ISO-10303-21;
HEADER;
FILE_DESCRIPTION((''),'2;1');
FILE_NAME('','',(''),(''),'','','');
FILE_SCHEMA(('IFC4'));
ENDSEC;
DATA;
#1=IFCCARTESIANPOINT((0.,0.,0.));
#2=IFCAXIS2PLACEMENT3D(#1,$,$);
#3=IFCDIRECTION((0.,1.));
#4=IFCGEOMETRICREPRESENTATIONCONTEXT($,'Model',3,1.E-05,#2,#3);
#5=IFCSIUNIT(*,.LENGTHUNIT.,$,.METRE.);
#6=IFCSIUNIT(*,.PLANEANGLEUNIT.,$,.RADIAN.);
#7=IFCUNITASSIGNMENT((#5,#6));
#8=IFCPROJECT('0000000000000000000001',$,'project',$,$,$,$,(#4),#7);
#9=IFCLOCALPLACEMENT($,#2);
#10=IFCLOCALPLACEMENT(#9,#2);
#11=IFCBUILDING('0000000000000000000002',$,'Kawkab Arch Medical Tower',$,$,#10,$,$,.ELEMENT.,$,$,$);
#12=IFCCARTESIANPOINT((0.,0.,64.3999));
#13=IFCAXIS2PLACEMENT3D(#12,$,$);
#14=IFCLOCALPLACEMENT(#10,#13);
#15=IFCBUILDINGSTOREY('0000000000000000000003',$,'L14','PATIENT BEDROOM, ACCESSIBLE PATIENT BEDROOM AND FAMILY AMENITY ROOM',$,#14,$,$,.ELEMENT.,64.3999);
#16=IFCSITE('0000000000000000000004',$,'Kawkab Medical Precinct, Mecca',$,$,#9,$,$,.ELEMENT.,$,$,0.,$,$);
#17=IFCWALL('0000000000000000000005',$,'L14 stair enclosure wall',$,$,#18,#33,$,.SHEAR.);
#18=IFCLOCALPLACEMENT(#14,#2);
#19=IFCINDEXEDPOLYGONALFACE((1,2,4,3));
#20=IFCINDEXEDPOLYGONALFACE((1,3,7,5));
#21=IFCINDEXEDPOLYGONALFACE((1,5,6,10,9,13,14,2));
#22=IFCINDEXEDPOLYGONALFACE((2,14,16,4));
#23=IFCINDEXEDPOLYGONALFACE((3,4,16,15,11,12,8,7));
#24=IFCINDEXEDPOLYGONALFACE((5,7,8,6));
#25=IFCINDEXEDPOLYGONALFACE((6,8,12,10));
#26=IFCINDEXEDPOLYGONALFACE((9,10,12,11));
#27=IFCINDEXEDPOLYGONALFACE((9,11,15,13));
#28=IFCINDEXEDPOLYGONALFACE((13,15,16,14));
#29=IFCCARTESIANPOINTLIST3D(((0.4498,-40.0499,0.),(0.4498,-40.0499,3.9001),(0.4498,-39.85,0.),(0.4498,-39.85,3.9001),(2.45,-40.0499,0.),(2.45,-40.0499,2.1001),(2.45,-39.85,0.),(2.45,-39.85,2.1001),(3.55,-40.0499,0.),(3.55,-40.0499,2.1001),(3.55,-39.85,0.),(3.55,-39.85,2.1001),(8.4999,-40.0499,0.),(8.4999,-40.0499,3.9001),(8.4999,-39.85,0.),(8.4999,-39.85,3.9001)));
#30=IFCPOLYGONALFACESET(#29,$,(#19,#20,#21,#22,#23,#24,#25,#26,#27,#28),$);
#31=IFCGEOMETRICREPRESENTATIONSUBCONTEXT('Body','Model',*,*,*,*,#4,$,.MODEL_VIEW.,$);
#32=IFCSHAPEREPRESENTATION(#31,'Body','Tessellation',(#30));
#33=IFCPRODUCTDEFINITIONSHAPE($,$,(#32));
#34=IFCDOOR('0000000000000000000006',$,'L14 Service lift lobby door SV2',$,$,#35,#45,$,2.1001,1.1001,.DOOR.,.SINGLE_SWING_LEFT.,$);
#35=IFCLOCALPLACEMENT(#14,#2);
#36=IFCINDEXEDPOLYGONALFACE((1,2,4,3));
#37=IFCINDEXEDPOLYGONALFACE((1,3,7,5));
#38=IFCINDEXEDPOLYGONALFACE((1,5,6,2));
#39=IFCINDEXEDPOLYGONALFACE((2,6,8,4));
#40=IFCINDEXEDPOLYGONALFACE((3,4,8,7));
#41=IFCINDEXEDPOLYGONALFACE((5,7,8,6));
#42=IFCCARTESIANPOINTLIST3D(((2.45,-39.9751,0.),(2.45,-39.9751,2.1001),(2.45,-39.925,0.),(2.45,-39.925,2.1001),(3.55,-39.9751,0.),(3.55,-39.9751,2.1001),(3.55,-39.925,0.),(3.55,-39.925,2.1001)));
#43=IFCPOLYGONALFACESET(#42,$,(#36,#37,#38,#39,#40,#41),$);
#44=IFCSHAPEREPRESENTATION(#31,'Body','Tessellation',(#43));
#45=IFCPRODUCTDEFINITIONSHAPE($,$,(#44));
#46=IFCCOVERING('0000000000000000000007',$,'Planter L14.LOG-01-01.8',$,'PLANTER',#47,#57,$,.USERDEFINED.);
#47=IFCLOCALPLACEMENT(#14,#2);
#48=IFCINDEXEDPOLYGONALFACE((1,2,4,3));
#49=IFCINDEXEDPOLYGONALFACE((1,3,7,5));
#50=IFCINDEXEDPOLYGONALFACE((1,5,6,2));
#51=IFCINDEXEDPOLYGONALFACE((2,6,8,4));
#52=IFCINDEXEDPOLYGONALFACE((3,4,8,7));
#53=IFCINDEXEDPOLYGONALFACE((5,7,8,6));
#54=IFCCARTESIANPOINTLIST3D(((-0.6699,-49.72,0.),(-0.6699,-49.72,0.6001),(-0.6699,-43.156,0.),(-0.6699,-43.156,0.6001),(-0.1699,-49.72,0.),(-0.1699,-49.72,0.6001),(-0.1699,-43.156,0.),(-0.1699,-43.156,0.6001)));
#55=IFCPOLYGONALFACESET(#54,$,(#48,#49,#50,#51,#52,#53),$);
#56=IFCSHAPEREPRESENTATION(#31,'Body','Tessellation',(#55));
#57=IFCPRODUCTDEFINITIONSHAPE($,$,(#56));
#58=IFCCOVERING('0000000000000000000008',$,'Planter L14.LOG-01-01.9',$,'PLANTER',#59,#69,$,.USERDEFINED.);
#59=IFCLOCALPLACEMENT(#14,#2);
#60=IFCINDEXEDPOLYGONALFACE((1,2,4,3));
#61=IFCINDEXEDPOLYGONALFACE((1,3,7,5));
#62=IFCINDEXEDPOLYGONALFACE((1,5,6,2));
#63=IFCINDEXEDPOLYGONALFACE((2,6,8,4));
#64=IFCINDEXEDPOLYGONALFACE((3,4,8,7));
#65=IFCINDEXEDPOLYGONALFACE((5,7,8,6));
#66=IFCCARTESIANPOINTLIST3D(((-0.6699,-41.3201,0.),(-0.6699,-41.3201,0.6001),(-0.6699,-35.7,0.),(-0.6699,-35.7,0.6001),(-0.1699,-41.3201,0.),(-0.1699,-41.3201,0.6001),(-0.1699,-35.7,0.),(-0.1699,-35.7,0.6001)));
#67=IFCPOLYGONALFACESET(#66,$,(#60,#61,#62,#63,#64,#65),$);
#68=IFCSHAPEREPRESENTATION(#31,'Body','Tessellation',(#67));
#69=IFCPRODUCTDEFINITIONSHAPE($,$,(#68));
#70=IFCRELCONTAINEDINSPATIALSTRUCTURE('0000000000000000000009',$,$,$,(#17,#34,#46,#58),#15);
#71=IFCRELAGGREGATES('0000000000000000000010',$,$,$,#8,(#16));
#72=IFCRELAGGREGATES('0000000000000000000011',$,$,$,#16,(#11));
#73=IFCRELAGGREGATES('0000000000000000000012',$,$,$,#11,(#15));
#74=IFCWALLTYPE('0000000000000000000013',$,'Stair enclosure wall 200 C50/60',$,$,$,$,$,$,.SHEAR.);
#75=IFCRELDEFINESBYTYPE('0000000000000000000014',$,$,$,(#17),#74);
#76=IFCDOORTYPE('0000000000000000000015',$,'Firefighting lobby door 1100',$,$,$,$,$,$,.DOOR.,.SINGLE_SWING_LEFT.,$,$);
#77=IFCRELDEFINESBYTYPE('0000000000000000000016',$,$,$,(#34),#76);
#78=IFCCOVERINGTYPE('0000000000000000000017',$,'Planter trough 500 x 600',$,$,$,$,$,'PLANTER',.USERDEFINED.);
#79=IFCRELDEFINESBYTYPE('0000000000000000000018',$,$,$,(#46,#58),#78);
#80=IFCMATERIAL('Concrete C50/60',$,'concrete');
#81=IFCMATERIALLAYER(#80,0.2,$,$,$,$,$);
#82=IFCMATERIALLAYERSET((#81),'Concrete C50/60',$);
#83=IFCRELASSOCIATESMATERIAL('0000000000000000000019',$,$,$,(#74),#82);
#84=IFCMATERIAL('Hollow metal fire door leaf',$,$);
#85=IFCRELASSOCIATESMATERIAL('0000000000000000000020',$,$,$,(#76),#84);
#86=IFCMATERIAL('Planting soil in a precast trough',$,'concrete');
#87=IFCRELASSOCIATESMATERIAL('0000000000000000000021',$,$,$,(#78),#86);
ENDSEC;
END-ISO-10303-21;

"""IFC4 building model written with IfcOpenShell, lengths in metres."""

from ifc_helpers import new_model, si_unit, direction, frame, frame_2d, origin, origin_2d, place, context, subcontext, project, spatial, rectangle, extrude, material, layer, layer_set, material_profile, profile_set, type_object, element, fill, save


model = new_model("IFC4")

# Units and contexts
model_context = context("Model", 3, precision=1e-05, world=origin(), true_north=direction((0.0, 1.0)))
body_context = subcontext(model_context, "Body", "Model", "MODEL_VIEW")
ifc_project = project(units=[si_unit("LENGTHUNIT", "METRE"), si_unit("PLANEANGLEUNIT", "RADIAN")], contexts=[model_context])

# Site, building, storey
site_placement = place(None, origin())
site = spatial("IfcSite", under=ifc_project, at=site_placement, Name="Kawkab Medical Precinct, Mecca", CompositionType="ELEMENT", RefElevation=0.0)
building_placement = place(site_placement, origin())
building = spatial("IfcBuilding", under=site, at=building_placement, Name="Kawkab Arch Medical Tower", CompositionType="ELEMENT")
storey_placement = place(building_placement, frame((0.0, 0.0, 64.3999)))
storey = spatial("IfcBuildingStorey", under=building, at=storey_placement, Name="L14", Description="PATIENT BEDROOM, ACCESSIBLE PATIENT BEDROOM AND FAMILY AMENITY ROOM", CompositionType="ELEMENT", Elevation=64.3999)

# Wall, opening, door
ifc_material_1 = material(Name="Concrete C50/60", Category="concrete")
ifc_layer_1 = layer(ifc_material_1, 0.2)
ifc_layer_set_1 = layer_set([ifc_layer_1], Name="Concrete C50/60")
wall_type_1 = type_object("IfcWallType", Name="Stair enclosure wall 200 C50/60", PredefinedType="SHEAR", material=ifc_layer_set_1)
wall_1_placement = place(storey_placement, frame((0.45, -39.95, 0.0), z_axis=(0.0, 0.0, 1.0), x_axis=(1.0, 0.0, 0.0)))
wall_1 = element("IfcWall", 1, at=wall_1_placement, inside=storey, type_object=wall_type_1, Name="L14 stair enclosure wall", PredefinedType="SHEAR", context=body_context, shape_type="SweptSolid", body=[
    extrude(rectangle(XDim=8.05, YDim=0.2, at=frame_2d((4.0249, 0.0))), origin(), (0.0, 0.0, 1.0), 3.9001),
])
opening_placement = place(wall_1_placement, frame((2.0, 0.0, 0.0)))
opening = element("IfcOpeningElement", 2, at=opening_placement, cuts=wall_1, PredefinedType="OPENING", context=body_context, shape_type="SweptSolid", body=[
    extrude(rectangle(XDim=1.1001, YDim=2.1001, at=frame_2d((0.55, 1.05))), frame((0.0, 0.1099, 0.0), z_axis=(0.0, -1.0, 0.0), x_axis=(1.0, 0.0, 0.0)), (0.0, 0.0, 1.0), 0.22),
])
ifc_material_2 = material(Name="Hollow metal fire door leaf")
door_type = type_object("IfcDoorType", Name="Firefighting lobby door 1100", OperationType="SINGLE_SWING_LEFT", PredefinedType="DOOR", material=ifc_material_2)
door_placement = place(opening_placement, origin())
door = element("IfcDoor", 3, at=door_placement, inside=storey, type_object=door_type, Name="L14 Service lift lobby door SV2", OperationType="SINGLE_SWING_LEFT", OverallHeight=2.1001, OverallWidth=1.1001, PredefinedType="DOOR", context=body_context, shape_type="SweptSolid", body=[
    extrude(rectangle(XDim=1.1001, YDim=2.1001, at=frame_2d((0.55, 1.05))), frame((0.0, 0.0249, 0.0), z_axis=(0.0, -1.0, 0.0), x_axis=(1.0, 0.0, 0.0)), (0.0, 0.0, 1.0), 0.05),
])
fill(opening, door)

# Coverings
ifc_material_3 = material(Name="Planting soil in a precast trough", Category="concrete")
ifc_material_profile_1 = material_profile(ifc_material_3, rectangle(XDim=0.5, YDim=0.6001, at=origin_2d()), Name="Trough 500x600")
ifc_profile_set_1 = profile_set([ifc_material_profile_1], Name="Planting soil in a precast trough")
covering_type = type_object("IfcCoveringType", Name="Planter trough 500 x 600", ElementType="PLANTER", PredefinedType="USERDEFINED", material=ifc_profile_set_1)
covering_1_placement = place(storey_placement, frame((-0.4199, -49.72, 0.3), z_axis=(0.0, 1.0, 0.0), x_axis=(-1.0, 0.0, 0.0)))
element("IfcCovering", 4, at=covering_1_placement, inside=storey, type_object=covering_type, Name="Planter L14.LOG-01-01.8", ObjectType="PLANTER", PredefinedType="USERDEFINED", context=body_context, shape_type="SweptSolid", body=[
    extrude(rectangle(XDim=0.5, YDim=0.6001, at=origin_2d()), origin(), (0.0, 0.0, 1.0), 6.564),
])
covering_2_placement = place(storey_placement, frame((-0.4199, -41.3201, 0.3), z_axis=(0.0, 1.0, 0.0), x_axis=(-1.0, 0.0, 0.0)))
element("IfcCovering", 5, at=covering_2_placement, inside=storey, type_object=covering_type, Name="Planter L14.LOG-01-01.9", ObjectType="PLANTER", PredefinedType="USERDEFINED", context=body_context, shape_type="SweptSolid", body=[
    extrude(rectangle(XDim=0.5, YDim=0.6001, at=origin_2d()), origin(), (0.0, 0.0, 1.0), 5.6201),
])

save(model, "model.ifc")
